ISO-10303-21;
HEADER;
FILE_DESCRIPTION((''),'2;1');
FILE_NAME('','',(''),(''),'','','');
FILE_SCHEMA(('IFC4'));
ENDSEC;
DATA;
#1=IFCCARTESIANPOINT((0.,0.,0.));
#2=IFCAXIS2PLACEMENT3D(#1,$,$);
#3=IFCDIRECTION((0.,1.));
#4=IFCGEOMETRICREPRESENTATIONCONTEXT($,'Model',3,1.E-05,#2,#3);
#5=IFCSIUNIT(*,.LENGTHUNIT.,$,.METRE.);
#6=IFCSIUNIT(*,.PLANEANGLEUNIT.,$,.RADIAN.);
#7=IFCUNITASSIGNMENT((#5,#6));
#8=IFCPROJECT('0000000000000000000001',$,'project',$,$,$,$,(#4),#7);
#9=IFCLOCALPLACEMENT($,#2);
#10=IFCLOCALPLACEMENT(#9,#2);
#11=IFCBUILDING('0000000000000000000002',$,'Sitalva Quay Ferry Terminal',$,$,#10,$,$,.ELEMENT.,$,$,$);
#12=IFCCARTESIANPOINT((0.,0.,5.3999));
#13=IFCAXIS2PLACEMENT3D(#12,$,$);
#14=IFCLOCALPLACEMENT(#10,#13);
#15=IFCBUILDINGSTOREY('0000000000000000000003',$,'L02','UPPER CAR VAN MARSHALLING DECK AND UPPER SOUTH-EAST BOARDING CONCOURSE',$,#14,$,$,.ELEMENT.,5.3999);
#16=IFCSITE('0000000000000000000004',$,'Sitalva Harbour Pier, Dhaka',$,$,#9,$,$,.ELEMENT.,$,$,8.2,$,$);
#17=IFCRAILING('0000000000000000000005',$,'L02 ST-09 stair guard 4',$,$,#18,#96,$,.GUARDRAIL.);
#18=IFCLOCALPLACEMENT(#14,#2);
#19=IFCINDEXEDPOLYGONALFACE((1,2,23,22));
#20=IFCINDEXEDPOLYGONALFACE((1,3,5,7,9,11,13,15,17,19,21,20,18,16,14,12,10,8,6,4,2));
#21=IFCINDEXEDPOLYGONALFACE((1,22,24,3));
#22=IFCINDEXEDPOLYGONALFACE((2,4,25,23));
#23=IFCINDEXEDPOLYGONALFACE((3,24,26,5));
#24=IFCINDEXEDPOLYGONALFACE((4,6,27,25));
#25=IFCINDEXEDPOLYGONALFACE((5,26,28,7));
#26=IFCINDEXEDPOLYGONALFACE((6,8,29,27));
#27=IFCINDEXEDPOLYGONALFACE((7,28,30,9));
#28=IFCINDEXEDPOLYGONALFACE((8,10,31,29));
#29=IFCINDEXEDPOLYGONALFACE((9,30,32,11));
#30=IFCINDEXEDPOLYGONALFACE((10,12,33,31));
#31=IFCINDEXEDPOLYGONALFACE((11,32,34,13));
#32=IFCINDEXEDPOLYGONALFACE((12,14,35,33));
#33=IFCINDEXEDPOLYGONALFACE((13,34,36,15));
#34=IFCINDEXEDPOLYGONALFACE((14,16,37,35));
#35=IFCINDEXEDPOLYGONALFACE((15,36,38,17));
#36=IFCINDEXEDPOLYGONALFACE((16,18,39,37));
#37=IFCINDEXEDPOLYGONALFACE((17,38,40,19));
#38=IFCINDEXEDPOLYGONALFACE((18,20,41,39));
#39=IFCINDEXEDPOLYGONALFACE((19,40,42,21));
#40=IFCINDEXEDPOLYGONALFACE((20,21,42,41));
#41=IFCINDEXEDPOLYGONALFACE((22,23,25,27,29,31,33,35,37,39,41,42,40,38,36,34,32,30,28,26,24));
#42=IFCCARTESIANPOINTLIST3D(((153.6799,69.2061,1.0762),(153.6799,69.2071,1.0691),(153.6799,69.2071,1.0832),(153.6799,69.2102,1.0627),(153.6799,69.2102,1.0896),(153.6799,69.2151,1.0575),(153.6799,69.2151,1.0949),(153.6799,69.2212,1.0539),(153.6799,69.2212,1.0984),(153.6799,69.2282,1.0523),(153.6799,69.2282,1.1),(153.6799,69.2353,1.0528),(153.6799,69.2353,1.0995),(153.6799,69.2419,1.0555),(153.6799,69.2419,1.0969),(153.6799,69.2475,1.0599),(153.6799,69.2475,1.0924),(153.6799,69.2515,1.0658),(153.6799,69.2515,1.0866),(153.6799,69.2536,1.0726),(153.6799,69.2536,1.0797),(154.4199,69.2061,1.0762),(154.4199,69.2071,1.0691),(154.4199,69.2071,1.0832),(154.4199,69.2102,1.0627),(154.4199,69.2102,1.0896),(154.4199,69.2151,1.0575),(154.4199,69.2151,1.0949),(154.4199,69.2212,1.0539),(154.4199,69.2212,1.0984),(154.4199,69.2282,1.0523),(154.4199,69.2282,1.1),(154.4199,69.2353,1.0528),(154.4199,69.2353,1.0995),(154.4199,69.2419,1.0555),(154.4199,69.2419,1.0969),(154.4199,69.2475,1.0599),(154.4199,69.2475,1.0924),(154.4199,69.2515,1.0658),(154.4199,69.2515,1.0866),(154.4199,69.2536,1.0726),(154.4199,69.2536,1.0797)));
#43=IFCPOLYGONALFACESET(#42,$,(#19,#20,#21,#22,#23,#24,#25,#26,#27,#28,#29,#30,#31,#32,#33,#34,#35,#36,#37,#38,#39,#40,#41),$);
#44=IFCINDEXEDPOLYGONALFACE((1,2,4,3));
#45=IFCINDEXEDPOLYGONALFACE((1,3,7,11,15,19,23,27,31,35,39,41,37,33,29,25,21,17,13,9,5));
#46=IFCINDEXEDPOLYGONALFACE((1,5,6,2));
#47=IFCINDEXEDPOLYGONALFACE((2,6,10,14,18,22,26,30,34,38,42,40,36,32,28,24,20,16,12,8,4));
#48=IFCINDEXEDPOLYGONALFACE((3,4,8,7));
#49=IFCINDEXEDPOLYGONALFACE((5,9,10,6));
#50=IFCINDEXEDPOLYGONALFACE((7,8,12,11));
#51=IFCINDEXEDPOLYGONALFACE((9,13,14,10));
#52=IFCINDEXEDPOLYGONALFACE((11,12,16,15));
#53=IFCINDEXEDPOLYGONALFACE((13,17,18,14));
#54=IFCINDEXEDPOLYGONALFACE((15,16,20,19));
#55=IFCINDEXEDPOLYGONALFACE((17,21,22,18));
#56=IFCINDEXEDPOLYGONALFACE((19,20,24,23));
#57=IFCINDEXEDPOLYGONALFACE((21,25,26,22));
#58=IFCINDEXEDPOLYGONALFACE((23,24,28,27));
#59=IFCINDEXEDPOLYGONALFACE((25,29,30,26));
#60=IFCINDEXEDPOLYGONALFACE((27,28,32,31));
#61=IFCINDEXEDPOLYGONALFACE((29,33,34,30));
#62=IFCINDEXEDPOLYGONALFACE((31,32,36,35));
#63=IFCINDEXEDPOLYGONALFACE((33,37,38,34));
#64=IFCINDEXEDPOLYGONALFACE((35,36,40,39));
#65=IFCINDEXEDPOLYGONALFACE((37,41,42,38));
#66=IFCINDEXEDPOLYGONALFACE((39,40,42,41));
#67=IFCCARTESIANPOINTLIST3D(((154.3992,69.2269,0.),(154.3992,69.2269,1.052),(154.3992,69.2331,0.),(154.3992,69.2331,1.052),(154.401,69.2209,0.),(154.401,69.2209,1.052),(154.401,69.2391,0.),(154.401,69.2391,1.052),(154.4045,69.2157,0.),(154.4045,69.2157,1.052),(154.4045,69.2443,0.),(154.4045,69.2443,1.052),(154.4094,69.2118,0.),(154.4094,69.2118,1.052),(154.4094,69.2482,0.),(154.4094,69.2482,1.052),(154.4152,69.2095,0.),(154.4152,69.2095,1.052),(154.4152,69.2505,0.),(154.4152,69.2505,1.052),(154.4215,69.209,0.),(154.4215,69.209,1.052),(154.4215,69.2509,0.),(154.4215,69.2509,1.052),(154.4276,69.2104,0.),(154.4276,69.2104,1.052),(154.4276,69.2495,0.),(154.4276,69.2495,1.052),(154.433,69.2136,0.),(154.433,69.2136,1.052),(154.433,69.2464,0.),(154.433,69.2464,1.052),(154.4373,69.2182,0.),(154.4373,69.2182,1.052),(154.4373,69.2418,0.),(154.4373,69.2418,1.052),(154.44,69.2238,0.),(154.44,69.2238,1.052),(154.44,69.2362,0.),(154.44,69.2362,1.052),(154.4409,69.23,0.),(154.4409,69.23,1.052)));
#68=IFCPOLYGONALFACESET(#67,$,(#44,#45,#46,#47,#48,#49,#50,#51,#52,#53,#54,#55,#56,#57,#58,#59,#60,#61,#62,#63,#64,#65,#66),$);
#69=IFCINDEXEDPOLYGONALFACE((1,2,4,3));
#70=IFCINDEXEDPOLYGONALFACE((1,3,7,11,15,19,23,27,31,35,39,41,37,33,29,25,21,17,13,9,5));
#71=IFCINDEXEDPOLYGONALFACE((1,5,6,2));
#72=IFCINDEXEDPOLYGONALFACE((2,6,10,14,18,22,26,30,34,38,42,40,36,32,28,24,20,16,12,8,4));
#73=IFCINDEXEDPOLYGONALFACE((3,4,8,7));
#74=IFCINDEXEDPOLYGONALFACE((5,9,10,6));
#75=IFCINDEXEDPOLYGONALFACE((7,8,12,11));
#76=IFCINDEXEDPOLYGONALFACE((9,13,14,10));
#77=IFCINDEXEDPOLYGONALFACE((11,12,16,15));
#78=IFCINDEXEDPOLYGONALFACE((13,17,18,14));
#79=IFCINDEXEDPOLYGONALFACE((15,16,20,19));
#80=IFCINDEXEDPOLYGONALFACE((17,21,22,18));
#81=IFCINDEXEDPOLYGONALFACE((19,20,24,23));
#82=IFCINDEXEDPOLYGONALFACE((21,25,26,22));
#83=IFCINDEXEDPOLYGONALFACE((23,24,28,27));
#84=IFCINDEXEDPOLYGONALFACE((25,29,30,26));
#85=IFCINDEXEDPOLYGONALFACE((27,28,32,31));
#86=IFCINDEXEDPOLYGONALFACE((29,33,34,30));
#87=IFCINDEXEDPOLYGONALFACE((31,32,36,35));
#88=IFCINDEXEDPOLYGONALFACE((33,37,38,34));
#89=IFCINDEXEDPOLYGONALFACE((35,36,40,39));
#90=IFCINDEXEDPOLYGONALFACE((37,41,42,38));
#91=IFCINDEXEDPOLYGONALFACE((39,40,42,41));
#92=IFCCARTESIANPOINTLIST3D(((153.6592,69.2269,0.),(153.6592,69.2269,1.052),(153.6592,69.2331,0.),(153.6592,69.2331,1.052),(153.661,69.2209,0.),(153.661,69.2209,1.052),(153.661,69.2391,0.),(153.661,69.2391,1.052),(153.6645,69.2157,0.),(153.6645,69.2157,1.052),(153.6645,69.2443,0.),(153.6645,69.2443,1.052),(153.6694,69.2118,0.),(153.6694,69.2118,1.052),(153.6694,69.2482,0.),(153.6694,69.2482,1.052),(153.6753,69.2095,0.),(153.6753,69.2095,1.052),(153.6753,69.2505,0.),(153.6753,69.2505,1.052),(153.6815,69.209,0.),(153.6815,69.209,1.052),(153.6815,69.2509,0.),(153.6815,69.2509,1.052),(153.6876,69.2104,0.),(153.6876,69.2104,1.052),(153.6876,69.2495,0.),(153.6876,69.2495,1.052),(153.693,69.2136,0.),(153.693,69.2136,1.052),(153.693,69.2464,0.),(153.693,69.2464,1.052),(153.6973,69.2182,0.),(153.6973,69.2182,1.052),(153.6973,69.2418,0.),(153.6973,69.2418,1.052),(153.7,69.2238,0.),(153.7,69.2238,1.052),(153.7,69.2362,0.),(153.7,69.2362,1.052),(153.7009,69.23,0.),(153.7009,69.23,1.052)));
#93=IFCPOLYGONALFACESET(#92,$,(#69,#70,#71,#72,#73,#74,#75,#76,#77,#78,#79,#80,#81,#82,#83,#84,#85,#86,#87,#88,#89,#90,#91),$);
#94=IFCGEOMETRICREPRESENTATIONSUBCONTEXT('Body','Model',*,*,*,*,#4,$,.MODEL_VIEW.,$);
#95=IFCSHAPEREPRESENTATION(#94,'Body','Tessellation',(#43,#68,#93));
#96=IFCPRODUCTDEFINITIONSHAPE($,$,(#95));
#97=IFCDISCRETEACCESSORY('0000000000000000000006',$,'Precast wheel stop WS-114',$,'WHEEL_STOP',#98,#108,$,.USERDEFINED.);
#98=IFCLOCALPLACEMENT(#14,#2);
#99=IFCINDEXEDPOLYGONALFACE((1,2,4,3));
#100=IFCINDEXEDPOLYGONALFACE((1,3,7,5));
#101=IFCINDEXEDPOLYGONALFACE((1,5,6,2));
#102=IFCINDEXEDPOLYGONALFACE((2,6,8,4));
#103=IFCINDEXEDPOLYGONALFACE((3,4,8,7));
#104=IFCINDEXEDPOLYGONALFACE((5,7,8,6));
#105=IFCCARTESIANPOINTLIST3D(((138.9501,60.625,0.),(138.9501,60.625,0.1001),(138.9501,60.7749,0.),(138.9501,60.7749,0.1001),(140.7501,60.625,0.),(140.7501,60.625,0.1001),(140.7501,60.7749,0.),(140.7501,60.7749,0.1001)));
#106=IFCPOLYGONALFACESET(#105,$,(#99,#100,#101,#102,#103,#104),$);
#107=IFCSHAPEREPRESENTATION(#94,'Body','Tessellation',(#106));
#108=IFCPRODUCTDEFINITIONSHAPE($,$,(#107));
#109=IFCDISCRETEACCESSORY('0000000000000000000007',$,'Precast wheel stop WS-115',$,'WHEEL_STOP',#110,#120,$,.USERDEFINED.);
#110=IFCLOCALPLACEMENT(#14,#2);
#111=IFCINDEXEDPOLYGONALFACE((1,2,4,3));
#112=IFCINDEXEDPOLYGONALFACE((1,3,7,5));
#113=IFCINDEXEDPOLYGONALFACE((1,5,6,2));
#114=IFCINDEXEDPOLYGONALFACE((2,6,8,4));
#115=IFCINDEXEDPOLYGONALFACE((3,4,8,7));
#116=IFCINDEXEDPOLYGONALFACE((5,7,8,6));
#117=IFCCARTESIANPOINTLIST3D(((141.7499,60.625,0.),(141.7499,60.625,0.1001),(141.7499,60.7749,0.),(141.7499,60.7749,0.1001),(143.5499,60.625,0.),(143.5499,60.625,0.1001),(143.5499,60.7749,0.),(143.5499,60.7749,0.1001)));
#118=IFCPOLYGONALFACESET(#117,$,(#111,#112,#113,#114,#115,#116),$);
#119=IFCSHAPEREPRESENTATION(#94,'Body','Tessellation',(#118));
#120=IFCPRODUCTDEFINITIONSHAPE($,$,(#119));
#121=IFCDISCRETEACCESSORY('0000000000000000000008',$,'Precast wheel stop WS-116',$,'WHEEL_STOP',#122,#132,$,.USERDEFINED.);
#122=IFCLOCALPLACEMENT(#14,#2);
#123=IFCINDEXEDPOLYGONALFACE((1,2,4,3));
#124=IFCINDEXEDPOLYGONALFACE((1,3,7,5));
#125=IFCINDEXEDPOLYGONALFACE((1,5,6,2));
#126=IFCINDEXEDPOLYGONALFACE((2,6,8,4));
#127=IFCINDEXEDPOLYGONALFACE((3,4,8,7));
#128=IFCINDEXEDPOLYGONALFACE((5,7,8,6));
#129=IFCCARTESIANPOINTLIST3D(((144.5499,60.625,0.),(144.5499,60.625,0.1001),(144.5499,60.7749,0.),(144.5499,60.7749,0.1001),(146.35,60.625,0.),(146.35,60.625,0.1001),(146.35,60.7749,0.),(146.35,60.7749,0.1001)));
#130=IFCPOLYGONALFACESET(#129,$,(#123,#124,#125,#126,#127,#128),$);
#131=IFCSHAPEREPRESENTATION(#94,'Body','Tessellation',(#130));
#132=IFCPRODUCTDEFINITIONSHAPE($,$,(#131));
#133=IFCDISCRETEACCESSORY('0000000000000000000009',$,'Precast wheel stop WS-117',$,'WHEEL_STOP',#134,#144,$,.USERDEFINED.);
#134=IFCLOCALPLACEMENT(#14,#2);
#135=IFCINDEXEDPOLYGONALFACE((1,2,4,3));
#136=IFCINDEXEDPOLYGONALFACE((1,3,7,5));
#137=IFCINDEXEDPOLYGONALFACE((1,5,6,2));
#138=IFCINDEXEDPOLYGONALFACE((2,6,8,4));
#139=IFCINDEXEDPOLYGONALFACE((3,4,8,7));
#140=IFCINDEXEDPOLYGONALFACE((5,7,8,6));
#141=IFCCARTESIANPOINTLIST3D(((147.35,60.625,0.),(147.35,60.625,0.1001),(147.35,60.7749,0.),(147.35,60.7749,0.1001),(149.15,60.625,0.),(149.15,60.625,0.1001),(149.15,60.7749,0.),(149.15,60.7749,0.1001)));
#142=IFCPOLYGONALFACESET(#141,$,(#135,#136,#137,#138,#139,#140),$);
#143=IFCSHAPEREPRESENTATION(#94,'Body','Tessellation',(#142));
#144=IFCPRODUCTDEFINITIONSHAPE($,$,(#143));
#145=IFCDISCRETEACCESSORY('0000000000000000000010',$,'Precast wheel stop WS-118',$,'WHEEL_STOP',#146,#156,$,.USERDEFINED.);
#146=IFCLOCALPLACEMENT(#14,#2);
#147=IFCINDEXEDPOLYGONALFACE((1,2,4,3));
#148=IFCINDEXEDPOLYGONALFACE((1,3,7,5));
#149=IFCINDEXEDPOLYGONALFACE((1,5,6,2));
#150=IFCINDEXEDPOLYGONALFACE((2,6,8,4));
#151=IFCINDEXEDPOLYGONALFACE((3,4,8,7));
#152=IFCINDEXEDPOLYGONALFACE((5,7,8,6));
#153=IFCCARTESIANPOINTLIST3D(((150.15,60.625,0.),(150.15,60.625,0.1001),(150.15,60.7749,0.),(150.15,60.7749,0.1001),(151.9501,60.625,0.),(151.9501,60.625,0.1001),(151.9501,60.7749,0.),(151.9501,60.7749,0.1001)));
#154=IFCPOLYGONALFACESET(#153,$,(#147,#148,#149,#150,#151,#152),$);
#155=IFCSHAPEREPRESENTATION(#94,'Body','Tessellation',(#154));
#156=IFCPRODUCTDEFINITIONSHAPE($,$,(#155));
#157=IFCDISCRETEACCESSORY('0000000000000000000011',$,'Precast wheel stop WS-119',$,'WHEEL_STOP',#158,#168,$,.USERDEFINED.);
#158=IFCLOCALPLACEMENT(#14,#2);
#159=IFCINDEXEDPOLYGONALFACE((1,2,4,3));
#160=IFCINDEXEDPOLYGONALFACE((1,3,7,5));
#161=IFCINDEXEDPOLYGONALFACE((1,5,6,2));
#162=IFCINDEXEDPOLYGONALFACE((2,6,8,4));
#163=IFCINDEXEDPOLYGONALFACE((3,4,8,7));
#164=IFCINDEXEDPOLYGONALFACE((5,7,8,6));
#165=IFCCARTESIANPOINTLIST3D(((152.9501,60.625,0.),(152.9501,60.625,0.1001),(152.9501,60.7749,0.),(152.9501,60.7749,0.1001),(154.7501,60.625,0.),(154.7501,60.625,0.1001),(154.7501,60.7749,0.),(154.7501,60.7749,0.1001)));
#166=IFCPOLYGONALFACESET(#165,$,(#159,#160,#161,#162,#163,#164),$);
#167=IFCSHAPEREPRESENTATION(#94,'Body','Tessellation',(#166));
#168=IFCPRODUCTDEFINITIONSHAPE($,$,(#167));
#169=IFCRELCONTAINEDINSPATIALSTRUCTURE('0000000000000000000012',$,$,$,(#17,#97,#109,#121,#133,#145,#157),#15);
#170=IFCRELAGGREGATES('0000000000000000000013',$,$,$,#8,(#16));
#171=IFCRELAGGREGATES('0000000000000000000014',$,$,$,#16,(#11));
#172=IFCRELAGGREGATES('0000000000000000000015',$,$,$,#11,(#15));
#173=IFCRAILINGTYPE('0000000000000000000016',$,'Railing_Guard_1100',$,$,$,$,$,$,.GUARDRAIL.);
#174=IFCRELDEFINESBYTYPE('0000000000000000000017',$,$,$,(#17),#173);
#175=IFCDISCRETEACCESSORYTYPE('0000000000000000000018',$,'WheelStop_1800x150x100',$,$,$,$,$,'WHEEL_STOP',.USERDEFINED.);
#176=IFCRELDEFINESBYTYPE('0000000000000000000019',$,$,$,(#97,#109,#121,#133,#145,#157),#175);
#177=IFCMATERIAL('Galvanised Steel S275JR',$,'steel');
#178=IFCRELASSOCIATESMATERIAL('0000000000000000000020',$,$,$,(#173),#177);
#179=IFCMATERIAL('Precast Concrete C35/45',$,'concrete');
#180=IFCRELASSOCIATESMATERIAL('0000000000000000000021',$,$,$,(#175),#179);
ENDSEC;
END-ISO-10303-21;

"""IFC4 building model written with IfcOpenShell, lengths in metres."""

from ifc_helpers import new_model, si_unit, direction, frame, origin, origin_2d, place, context, subcontext, project, spatial, rectangle, circle, extrude, material, type_object, element, save


model = new_model("IFC4")

# Units and contexts
model_context = context("Model", 3, precision=1e-05, world=origin(), true_north=direction((0.0, 1.0)))
body_context = subcontext(model_context, "Body", "Model", "MODEL_VIEW")
ifc_project = project(units=[si_unit("LENGTHUNIT", "METRE"), si_unit("PLANEANGLEUNIT", "RADIAN")], contexts=[model_context])

# Site, building, storey
site_placement = place(None, origin())
site = spatial("IfcSite", under=ifc_project, at=site_placement, Name="Sitalva Harbour Pier, Dhaka", CompositionType="ELEMENT", RefElevation=8.2)
building_placement = place(site_placement, origin())
building = spatial("IfcBuilding", under=site, at=building_placement, Name="Sitalva Quay Ferry Terminal", CompositionType="ELEMENT")
storey_placement = place(building_placement, frame((0.0, 0.0, 5.3999)))
storey = spatial("IfcBuildingStorey", under=building, at=storey_placement, Name="L02", Description="UPPER CAR VAN MARSHALLING DECK AND UPPER SOUTH-EAST BOARDING CONCOURSE", CompositionType="ELEMENT", Elevation=5.3999)

# Railing
ifc_material_1 = material(Name="Galvanised Steel S275JR", Category="steel")
railing_type = type_object("IfcRailingType", Name="Railing_Guard_1100", PredefinedType="GUARDRAIL", material=ifc_material_1)
railing_1_placement = place(storey_placement, frame((154.4199, 69.23, 0.0)))
element("IfcRailing", 1, at=railing_1_placement, inside=storey, type_object=railing_type, Name="L02 ST-09 stair guard 4", PredefinedType="GUARDRAIL", context=body_context, shape_type="SweptSolid", body=[
    extrude(circle(Radius=0.0239, at=origin_2d()), frame((0.0, 0.0, 1.0762), z_axis=(-1.0, 0.0, 0.0), x_axis=(0.0, -1.0, 0.0)), (0.0, 0.0, 1.0), 0.74),
    extrude(circle(Radius=0.021, at=origin_2d()), origin(), (0.0, 0.0, 1.0), 1.052),
    extrude(circle(Radius=0.021, at=origin_2d()), frame((-0.74, 0.0, 0.0)), (0.0, 0.0, 1.0), 1.052),
])

# Discrete accessories
ifc_material_2 = material(Name="Precast Concrete C35/45", Category="concrete")
discrete_accessory_type = type_object("IfcDiscreteAccessoryType", Name="WheelStop_1800x150x100", ElementType="WHEEL_STOP", PredefinedType="USERDEFINED", material=ifc_material_2)
for number, where, z_axis, x_axis, name in (
    (2, (139.8501, 60.7, 0.0), (0.0, 0.0, 1.0), (1.0, 0.0, 0.0), "Precast wheel stop WS-114"),
    (3, (142.6499, 60.7, 0.0), (0.0, 0.0, 1.0), (1.0, 0.0, 0.0), "Precast wheel stop WS-115"),
    (4, (145.45, 60.7, 0.0), (0.0, 0.0, 1.0), (1.0, 0.0, 0.0), "Precast wheel stop WS-116"),
    (5, (148.25, 60.7, 0.0), (0.0, 0.0, 1.0), (1.0, 0.0, 0.0), "Precast wheel stop WS-117"),
    (6, (151.05, 60.7, 0.0), (0.0, 0.0, 1.0), (1.0, 0.0, 0.0), "Precast wheel stop WS-118"),
    (7, (153.8501, 60.7, 0.0), (0.0, 0.0, 1.0), (1.0, 0.0, 0.0), "Precast wheel stop WS-119"),
):
    element("IfcDiscreteAccessory", number, at=place(storey_placement, frame(where, z_axis=z_axis, x_axis=x_axis)), inside=storey, type_object=discrete_accessory_type, Name=name, ObjectType="WHEEL_STOP", PredefinedType="USERDEFINED", context=body_context, shape_type="SweptSolid", body=[
        extrude(rectangle(XDim=1.8, YDim=0.1499, at=origin_2d()), origin(), (0.0, 0.0, 1.0), 0.1001),
    ])

save(model, "model.ifc")
